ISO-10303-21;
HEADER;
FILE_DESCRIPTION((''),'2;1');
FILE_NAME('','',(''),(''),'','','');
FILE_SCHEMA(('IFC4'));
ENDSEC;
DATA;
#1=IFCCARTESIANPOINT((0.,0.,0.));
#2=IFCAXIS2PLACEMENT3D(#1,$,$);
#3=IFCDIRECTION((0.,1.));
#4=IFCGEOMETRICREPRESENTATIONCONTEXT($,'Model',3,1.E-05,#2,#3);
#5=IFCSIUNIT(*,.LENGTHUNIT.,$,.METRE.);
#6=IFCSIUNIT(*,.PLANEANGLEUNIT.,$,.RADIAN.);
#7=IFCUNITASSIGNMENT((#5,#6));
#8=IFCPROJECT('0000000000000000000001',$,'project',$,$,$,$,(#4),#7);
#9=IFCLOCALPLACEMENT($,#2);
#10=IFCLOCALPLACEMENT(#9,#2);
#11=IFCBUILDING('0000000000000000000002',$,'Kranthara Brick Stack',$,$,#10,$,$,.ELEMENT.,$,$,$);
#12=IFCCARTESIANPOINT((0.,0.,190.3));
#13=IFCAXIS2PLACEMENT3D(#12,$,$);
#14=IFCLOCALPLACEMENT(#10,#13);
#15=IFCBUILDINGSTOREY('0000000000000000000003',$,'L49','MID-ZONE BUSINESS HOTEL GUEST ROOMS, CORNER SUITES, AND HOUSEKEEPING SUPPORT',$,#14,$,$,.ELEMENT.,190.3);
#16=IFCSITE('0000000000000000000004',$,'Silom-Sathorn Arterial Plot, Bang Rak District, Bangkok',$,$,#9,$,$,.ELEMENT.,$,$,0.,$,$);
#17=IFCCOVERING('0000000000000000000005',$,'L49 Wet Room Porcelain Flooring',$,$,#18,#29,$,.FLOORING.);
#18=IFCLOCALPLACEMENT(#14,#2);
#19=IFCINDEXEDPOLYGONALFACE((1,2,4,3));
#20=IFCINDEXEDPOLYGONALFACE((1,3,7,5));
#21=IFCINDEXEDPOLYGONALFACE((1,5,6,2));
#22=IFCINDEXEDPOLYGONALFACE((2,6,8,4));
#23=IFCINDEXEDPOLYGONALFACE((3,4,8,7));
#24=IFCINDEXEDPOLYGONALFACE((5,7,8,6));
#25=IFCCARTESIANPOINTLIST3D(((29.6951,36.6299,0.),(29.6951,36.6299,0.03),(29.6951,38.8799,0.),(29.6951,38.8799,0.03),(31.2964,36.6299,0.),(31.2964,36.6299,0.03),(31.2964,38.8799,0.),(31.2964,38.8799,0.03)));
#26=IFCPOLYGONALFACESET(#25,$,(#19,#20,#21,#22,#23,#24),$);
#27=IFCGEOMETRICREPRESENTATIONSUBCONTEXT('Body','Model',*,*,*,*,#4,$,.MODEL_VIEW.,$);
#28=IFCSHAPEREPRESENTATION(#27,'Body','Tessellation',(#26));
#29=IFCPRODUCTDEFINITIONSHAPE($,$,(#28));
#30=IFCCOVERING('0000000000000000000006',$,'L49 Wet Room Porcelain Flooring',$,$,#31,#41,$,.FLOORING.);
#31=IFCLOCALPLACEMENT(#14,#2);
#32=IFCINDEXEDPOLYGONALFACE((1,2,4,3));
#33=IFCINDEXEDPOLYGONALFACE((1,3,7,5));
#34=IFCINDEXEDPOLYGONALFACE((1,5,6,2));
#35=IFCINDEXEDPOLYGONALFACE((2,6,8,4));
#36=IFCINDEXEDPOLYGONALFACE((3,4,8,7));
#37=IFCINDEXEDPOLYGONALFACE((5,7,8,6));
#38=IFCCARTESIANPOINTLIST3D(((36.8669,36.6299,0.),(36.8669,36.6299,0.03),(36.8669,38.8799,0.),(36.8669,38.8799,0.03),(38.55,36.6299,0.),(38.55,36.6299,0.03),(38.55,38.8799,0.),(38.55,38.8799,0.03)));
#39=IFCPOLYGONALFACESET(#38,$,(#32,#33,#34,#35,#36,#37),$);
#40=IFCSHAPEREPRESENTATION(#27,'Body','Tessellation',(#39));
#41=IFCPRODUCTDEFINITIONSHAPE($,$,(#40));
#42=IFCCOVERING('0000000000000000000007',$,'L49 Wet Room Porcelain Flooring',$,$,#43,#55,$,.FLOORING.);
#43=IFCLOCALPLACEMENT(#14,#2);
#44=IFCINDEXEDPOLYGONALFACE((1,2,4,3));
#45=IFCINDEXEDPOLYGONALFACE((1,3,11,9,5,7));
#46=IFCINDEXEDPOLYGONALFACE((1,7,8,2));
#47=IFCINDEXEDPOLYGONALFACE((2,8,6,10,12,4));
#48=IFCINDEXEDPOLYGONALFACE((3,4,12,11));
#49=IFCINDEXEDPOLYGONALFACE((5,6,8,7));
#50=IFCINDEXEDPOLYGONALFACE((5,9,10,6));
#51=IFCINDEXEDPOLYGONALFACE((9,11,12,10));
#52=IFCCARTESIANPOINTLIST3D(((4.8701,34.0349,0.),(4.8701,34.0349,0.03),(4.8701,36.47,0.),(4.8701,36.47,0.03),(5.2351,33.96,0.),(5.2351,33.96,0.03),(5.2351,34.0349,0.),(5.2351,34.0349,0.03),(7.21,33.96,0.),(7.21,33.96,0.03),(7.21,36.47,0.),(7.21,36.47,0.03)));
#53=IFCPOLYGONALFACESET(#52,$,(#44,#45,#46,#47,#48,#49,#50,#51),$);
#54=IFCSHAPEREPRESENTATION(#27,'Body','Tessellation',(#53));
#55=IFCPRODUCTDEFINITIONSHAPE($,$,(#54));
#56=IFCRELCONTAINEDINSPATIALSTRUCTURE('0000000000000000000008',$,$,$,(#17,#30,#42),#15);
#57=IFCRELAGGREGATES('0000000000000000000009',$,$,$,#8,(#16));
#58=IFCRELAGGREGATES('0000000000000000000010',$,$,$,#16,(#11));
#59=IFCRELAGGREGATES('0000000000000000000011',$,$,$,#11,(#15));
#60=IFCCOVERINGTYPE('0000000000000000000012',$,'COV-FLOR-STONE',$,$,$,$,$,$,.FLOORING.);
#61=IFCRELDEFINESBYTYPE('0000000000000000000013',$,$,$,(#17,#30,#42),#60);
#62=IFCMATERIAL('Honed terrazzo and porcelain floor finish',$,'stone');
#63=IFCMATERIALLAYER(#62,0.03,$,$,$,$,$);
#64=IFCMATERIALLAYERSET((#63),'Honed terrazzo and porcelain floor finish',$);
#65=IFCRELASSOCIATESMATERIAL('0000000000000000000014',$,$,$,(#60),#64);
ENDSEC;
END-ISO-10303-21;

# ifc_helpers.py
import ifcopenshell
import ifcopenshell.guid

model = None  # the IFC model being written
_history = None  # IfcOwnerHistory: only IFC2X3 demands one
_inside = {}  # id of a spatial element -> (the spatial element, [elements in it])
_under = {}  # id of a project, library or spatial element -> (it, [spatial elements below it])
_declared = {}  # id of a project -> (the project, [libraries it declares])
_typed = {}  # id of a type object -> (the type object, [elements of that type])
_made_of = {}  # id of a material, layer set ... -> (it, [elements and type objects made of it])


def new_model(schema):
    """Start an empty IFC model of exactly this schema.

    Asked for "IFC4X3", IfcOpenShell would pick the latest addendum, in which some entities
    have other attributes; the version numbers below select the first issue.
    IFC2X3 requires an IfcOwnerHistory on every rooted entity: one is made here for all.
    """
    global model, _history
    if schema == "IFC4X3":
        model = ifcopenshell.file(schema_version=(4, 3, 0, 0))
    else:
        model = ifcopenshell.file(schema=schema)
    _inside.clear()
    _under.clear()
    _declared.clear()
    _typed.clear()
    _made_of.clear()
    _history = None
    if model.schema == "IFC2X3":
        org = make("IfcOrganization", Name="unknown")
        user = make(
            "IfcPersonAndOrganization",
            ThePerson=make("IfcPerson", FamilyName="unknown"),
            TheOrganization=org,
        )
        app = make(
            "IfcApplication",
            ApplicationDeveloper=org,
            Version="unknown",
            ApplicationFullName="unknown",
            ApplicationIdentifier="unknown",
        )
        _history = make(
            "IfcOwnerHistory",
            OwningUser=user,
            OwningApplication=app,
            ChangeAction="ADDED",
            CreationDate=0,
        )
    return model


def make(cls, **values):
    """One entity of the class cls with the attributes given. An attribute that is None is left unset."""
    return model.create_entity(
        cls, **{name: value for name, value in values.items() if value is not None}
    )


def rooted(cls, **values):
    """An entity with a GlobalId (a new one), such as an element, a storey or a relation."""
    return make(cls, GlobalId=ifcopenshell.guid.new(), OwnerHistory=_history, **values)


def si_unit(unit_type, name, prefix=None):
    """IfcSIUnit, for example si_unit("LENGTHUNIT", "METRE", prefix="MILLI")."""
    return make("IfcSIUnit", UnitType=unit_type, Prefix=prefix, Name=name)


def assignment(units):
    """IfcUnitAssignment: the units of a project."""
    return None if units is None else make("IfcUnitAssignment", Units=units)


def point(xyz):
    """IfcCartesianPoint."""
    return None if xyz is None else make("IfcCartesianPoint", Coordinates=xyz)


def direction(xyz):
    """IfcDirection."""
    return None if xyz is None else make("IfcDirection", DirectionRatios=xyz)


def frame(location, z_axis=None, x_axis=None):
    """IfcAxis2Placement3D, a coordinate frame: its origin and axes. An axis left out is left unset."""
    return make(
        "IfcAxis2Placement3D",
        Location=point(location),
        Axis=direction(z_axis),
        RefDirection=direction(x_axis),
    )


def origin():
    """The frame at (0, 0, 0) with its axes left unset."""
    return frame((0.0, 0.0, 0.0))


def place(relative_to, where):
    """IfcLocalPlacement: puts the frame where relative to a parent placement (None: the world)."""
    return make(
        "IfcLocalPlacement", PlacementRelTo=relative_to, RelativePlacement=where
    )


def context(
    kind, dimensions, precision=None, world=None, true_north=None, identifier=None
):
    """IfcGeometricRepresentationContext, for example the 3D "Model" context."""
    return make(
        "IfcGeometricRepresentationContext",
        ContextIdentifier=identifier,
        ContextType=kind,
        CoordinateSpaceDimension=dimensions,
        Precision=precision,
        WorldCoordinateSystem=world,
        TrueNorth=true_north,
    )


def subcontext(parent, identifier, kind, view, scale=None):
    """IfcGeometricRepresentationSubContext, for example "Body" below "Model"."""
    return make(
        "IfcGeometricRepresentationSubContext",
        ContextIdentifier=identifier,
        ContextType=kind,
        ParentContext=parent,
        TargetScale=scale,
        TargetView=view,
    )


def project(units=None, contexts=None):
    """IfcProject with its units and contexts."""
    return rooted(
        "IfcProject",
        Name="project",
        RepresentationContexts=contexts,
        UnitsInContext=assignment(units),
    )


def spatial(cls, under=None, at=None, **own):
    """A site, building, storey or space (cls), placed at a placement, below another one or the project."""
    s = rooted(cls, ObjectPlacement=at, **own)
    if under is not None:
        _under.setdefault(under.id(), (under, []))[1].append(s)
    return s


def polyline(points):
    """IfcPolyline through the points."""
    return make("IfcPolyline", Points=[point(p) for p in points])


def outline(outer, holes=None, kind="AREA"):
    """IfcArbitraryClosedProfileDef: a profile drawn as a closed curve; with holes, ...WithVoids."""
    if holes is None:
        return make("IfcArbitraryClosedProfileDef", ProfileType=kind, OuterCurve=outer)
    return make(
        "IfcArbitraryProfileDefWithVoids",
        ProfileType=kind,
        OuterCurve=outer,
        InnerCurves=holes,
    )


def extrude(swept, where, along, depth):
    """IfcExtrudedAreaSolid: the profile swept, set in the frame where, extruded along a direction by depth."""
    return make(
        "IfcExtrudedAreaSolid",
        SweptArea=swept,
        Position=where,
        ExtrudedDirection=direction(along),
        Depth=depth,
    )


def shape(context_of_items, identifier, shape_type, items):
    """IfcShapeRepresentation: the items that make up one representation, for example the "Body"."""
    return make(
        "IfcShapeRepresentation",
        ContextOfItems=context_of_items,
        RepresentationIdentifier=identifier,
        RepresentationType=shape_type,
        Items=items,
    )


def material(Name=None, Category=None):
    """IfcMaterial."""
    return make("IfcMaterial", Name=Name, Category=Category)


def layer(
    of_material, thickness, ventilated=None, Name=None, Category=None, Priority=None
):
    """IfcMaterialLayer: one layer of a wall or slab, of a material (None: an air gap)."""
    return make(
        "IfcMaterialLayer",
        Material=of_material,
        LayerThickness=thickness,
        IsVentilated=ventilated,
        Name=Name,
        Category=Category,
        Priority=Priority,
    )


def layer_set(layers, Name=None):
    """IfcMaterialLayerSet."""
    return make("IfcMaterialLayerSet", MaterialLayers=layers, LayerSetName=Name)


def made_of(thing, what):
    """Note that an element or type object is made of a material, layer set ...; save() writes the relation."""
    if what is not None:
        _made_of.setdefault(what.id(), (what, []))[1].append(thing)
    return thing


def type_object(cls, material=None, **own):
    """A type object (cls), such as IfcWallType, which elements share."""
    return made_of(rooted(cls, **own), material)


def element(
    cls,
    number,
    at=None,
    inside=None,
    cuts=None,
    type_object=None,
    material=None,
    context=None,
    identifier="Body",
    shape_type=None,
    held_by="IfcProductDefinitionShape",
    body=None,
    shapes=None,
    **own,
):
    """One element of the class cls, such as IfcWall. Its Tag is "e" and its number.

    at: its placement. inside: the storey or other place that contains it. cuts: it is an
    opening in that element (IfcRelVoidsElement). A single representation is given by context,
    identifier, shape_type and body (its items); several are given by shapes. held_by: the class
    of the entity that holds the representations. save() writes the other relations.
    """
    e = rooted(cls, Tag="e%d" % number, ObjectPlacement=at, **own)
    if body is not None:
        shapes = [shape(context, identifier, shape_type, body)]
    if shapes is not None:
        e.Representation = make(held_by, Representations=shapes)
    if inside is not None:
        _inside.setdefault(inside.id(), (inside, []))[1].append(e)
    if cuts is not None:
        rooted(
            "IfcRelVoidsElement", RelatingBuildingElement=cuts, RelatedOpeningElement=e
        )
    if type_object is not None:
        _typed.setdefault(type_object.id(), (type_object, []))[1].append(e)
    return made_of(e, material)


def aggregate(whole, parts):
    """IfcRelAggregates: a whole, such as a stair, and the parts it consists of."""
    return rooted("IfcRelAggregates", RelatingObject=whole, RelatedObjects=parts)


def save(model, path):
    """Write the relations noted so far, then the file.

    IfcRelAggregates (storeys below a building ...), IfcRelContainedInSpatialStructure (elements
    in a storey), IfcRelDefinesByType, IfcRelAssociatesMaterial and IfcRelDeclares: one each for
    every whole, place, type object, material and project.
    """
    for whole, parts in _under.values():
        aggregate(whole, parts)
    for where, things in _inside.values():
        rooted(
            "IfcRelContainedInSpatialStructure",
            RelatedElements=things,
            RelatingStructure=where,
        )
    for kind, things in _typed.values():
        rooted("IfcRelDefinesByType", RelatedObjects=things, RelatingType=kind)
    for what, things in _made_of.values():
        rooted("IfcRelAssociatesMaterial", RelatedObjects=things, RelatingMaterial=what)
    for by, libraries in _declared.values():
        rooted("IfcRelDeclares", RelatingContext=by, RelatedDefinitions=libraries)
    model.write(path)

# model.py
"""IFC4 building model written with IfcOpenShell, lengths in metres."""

from ifc_helpers import new_model, si_unit, direction, frame, origin, place, context, subcontext, project, spatial, polyline, outline, extrude, material, layer, layer_set, type_object, element, save


model = new_model("IFC4")

# Units and contexts
model_context = context("Model", 3, precision=1e-05, world=origin(), true_north=direction((0.0, 1.0)))
body_context = subcontext(model_context, "Body", "Model", "MODEL_VIEW")
ifc_project = project(units=[si_unit("LENGTHUNIT", "METRE"), si_unit("PLANEANGLEUNIT", "RADIAN")], contexts=[model_context])

# Site, building, storey
site_placement = place(None, origin())
site = spatial("IfcSite", under=ifc_project, at=site_placement, Name="Silom-Sathorn Arterial Plot, Bang Rak District, Bangkok", CompositionType="ELEMENT", RefElevation=0.0)
building_placement = place(site_placement, origin())
building = spatial("IfcBuilding", under=site, at=building_placement, Name="Kranthara Brick Stack", CompositionType="ELEMENT")
storey_placement = place(building_placement, frame((0.0, 0.0, 190.3)))
storey = spatial("IfcBuildingStorey", under=building, at=storey_placement, Name="L49", Description="MID-ZONE BUSINESS HOTEL GUEST ROOMS, CORNER SUITES, AND HOUSEKEEPING SUPPORT", CompositionType="ELEMENT", Elevation=190.3)

# Coverings
ifc_material_1 = material(Name="Honed terrazzo and porcelain floor finish", Category="stone")
ifc_layer_1 = layer(ifc_material_1, 0.03)
ifc_layer_set_1 = layer_set([ifc_layer_1], Name="Honed terrazzo and porcelain floor finish")
covering_type_1 = type_object("IfcCoveringType", Name="COV-FLOR-STONE", PredefinedType="FLOORING", material=ifc_layer_set_1)
covering_1_placement = place(storey_placement, origin())
element("IfcCovering", 1, at=covering_1_placement, inside=storey, type_object=covering_type_1, Name="L49 Wet Room Porcelain Flooring", PredefinedType="FLOORING", context=body_context, shape_type="SweptSolid", body=[
    extrude(outline(polyline([(29.6951, 36.6299), (29.6951, 38.8799), (31.2964, 38.8799), (31.2964, 36.6299), (29.6951, 36.6299)])), origin(), (0.0, 0.0, 1.0), 0.03),
])
covering_2_placement = place(storey_placement, origin())
element("IfcCovering", 2, at=covering_2_placement, inside=storey, type_object=covering_type_1, Name="L49 Wet Room Porcelain Flooring", PredefinedType="FLOORING", context=body_context, shape_type="SweptSolid", body=[
    extrude(outline(polyline([(36.8669, 36.6299), (36.8669, 38.8799), (38.55, 38.8799), (38.55, 36.6299), (36.8669, 36.6299)])), origin(), (0.0, 0.0, 1.0), 0.03),
])
covering_3_placement = place(storey_placement, origin())
element("IfcCovering", 3, at=covering_3_placement, inside=storey, type_object=covering_type_1, Name="L49 Wet Room Porcelain Flooring", PredefinedType="FLOORING", context=body_context, shape_type="SweptSolid", body=[
    extrude(outline(polyline([(7.21, 36.47), (7.21, 33.96), (5.2351, 33.96), (5.2351, 34.0349), (4.8701, 34.0349), (4.8701, 36.47), (7.21, 36.47)])), origin(), (0.0, 0.0, 1.0), 0.03),
])

save(model, "model.ifc")
